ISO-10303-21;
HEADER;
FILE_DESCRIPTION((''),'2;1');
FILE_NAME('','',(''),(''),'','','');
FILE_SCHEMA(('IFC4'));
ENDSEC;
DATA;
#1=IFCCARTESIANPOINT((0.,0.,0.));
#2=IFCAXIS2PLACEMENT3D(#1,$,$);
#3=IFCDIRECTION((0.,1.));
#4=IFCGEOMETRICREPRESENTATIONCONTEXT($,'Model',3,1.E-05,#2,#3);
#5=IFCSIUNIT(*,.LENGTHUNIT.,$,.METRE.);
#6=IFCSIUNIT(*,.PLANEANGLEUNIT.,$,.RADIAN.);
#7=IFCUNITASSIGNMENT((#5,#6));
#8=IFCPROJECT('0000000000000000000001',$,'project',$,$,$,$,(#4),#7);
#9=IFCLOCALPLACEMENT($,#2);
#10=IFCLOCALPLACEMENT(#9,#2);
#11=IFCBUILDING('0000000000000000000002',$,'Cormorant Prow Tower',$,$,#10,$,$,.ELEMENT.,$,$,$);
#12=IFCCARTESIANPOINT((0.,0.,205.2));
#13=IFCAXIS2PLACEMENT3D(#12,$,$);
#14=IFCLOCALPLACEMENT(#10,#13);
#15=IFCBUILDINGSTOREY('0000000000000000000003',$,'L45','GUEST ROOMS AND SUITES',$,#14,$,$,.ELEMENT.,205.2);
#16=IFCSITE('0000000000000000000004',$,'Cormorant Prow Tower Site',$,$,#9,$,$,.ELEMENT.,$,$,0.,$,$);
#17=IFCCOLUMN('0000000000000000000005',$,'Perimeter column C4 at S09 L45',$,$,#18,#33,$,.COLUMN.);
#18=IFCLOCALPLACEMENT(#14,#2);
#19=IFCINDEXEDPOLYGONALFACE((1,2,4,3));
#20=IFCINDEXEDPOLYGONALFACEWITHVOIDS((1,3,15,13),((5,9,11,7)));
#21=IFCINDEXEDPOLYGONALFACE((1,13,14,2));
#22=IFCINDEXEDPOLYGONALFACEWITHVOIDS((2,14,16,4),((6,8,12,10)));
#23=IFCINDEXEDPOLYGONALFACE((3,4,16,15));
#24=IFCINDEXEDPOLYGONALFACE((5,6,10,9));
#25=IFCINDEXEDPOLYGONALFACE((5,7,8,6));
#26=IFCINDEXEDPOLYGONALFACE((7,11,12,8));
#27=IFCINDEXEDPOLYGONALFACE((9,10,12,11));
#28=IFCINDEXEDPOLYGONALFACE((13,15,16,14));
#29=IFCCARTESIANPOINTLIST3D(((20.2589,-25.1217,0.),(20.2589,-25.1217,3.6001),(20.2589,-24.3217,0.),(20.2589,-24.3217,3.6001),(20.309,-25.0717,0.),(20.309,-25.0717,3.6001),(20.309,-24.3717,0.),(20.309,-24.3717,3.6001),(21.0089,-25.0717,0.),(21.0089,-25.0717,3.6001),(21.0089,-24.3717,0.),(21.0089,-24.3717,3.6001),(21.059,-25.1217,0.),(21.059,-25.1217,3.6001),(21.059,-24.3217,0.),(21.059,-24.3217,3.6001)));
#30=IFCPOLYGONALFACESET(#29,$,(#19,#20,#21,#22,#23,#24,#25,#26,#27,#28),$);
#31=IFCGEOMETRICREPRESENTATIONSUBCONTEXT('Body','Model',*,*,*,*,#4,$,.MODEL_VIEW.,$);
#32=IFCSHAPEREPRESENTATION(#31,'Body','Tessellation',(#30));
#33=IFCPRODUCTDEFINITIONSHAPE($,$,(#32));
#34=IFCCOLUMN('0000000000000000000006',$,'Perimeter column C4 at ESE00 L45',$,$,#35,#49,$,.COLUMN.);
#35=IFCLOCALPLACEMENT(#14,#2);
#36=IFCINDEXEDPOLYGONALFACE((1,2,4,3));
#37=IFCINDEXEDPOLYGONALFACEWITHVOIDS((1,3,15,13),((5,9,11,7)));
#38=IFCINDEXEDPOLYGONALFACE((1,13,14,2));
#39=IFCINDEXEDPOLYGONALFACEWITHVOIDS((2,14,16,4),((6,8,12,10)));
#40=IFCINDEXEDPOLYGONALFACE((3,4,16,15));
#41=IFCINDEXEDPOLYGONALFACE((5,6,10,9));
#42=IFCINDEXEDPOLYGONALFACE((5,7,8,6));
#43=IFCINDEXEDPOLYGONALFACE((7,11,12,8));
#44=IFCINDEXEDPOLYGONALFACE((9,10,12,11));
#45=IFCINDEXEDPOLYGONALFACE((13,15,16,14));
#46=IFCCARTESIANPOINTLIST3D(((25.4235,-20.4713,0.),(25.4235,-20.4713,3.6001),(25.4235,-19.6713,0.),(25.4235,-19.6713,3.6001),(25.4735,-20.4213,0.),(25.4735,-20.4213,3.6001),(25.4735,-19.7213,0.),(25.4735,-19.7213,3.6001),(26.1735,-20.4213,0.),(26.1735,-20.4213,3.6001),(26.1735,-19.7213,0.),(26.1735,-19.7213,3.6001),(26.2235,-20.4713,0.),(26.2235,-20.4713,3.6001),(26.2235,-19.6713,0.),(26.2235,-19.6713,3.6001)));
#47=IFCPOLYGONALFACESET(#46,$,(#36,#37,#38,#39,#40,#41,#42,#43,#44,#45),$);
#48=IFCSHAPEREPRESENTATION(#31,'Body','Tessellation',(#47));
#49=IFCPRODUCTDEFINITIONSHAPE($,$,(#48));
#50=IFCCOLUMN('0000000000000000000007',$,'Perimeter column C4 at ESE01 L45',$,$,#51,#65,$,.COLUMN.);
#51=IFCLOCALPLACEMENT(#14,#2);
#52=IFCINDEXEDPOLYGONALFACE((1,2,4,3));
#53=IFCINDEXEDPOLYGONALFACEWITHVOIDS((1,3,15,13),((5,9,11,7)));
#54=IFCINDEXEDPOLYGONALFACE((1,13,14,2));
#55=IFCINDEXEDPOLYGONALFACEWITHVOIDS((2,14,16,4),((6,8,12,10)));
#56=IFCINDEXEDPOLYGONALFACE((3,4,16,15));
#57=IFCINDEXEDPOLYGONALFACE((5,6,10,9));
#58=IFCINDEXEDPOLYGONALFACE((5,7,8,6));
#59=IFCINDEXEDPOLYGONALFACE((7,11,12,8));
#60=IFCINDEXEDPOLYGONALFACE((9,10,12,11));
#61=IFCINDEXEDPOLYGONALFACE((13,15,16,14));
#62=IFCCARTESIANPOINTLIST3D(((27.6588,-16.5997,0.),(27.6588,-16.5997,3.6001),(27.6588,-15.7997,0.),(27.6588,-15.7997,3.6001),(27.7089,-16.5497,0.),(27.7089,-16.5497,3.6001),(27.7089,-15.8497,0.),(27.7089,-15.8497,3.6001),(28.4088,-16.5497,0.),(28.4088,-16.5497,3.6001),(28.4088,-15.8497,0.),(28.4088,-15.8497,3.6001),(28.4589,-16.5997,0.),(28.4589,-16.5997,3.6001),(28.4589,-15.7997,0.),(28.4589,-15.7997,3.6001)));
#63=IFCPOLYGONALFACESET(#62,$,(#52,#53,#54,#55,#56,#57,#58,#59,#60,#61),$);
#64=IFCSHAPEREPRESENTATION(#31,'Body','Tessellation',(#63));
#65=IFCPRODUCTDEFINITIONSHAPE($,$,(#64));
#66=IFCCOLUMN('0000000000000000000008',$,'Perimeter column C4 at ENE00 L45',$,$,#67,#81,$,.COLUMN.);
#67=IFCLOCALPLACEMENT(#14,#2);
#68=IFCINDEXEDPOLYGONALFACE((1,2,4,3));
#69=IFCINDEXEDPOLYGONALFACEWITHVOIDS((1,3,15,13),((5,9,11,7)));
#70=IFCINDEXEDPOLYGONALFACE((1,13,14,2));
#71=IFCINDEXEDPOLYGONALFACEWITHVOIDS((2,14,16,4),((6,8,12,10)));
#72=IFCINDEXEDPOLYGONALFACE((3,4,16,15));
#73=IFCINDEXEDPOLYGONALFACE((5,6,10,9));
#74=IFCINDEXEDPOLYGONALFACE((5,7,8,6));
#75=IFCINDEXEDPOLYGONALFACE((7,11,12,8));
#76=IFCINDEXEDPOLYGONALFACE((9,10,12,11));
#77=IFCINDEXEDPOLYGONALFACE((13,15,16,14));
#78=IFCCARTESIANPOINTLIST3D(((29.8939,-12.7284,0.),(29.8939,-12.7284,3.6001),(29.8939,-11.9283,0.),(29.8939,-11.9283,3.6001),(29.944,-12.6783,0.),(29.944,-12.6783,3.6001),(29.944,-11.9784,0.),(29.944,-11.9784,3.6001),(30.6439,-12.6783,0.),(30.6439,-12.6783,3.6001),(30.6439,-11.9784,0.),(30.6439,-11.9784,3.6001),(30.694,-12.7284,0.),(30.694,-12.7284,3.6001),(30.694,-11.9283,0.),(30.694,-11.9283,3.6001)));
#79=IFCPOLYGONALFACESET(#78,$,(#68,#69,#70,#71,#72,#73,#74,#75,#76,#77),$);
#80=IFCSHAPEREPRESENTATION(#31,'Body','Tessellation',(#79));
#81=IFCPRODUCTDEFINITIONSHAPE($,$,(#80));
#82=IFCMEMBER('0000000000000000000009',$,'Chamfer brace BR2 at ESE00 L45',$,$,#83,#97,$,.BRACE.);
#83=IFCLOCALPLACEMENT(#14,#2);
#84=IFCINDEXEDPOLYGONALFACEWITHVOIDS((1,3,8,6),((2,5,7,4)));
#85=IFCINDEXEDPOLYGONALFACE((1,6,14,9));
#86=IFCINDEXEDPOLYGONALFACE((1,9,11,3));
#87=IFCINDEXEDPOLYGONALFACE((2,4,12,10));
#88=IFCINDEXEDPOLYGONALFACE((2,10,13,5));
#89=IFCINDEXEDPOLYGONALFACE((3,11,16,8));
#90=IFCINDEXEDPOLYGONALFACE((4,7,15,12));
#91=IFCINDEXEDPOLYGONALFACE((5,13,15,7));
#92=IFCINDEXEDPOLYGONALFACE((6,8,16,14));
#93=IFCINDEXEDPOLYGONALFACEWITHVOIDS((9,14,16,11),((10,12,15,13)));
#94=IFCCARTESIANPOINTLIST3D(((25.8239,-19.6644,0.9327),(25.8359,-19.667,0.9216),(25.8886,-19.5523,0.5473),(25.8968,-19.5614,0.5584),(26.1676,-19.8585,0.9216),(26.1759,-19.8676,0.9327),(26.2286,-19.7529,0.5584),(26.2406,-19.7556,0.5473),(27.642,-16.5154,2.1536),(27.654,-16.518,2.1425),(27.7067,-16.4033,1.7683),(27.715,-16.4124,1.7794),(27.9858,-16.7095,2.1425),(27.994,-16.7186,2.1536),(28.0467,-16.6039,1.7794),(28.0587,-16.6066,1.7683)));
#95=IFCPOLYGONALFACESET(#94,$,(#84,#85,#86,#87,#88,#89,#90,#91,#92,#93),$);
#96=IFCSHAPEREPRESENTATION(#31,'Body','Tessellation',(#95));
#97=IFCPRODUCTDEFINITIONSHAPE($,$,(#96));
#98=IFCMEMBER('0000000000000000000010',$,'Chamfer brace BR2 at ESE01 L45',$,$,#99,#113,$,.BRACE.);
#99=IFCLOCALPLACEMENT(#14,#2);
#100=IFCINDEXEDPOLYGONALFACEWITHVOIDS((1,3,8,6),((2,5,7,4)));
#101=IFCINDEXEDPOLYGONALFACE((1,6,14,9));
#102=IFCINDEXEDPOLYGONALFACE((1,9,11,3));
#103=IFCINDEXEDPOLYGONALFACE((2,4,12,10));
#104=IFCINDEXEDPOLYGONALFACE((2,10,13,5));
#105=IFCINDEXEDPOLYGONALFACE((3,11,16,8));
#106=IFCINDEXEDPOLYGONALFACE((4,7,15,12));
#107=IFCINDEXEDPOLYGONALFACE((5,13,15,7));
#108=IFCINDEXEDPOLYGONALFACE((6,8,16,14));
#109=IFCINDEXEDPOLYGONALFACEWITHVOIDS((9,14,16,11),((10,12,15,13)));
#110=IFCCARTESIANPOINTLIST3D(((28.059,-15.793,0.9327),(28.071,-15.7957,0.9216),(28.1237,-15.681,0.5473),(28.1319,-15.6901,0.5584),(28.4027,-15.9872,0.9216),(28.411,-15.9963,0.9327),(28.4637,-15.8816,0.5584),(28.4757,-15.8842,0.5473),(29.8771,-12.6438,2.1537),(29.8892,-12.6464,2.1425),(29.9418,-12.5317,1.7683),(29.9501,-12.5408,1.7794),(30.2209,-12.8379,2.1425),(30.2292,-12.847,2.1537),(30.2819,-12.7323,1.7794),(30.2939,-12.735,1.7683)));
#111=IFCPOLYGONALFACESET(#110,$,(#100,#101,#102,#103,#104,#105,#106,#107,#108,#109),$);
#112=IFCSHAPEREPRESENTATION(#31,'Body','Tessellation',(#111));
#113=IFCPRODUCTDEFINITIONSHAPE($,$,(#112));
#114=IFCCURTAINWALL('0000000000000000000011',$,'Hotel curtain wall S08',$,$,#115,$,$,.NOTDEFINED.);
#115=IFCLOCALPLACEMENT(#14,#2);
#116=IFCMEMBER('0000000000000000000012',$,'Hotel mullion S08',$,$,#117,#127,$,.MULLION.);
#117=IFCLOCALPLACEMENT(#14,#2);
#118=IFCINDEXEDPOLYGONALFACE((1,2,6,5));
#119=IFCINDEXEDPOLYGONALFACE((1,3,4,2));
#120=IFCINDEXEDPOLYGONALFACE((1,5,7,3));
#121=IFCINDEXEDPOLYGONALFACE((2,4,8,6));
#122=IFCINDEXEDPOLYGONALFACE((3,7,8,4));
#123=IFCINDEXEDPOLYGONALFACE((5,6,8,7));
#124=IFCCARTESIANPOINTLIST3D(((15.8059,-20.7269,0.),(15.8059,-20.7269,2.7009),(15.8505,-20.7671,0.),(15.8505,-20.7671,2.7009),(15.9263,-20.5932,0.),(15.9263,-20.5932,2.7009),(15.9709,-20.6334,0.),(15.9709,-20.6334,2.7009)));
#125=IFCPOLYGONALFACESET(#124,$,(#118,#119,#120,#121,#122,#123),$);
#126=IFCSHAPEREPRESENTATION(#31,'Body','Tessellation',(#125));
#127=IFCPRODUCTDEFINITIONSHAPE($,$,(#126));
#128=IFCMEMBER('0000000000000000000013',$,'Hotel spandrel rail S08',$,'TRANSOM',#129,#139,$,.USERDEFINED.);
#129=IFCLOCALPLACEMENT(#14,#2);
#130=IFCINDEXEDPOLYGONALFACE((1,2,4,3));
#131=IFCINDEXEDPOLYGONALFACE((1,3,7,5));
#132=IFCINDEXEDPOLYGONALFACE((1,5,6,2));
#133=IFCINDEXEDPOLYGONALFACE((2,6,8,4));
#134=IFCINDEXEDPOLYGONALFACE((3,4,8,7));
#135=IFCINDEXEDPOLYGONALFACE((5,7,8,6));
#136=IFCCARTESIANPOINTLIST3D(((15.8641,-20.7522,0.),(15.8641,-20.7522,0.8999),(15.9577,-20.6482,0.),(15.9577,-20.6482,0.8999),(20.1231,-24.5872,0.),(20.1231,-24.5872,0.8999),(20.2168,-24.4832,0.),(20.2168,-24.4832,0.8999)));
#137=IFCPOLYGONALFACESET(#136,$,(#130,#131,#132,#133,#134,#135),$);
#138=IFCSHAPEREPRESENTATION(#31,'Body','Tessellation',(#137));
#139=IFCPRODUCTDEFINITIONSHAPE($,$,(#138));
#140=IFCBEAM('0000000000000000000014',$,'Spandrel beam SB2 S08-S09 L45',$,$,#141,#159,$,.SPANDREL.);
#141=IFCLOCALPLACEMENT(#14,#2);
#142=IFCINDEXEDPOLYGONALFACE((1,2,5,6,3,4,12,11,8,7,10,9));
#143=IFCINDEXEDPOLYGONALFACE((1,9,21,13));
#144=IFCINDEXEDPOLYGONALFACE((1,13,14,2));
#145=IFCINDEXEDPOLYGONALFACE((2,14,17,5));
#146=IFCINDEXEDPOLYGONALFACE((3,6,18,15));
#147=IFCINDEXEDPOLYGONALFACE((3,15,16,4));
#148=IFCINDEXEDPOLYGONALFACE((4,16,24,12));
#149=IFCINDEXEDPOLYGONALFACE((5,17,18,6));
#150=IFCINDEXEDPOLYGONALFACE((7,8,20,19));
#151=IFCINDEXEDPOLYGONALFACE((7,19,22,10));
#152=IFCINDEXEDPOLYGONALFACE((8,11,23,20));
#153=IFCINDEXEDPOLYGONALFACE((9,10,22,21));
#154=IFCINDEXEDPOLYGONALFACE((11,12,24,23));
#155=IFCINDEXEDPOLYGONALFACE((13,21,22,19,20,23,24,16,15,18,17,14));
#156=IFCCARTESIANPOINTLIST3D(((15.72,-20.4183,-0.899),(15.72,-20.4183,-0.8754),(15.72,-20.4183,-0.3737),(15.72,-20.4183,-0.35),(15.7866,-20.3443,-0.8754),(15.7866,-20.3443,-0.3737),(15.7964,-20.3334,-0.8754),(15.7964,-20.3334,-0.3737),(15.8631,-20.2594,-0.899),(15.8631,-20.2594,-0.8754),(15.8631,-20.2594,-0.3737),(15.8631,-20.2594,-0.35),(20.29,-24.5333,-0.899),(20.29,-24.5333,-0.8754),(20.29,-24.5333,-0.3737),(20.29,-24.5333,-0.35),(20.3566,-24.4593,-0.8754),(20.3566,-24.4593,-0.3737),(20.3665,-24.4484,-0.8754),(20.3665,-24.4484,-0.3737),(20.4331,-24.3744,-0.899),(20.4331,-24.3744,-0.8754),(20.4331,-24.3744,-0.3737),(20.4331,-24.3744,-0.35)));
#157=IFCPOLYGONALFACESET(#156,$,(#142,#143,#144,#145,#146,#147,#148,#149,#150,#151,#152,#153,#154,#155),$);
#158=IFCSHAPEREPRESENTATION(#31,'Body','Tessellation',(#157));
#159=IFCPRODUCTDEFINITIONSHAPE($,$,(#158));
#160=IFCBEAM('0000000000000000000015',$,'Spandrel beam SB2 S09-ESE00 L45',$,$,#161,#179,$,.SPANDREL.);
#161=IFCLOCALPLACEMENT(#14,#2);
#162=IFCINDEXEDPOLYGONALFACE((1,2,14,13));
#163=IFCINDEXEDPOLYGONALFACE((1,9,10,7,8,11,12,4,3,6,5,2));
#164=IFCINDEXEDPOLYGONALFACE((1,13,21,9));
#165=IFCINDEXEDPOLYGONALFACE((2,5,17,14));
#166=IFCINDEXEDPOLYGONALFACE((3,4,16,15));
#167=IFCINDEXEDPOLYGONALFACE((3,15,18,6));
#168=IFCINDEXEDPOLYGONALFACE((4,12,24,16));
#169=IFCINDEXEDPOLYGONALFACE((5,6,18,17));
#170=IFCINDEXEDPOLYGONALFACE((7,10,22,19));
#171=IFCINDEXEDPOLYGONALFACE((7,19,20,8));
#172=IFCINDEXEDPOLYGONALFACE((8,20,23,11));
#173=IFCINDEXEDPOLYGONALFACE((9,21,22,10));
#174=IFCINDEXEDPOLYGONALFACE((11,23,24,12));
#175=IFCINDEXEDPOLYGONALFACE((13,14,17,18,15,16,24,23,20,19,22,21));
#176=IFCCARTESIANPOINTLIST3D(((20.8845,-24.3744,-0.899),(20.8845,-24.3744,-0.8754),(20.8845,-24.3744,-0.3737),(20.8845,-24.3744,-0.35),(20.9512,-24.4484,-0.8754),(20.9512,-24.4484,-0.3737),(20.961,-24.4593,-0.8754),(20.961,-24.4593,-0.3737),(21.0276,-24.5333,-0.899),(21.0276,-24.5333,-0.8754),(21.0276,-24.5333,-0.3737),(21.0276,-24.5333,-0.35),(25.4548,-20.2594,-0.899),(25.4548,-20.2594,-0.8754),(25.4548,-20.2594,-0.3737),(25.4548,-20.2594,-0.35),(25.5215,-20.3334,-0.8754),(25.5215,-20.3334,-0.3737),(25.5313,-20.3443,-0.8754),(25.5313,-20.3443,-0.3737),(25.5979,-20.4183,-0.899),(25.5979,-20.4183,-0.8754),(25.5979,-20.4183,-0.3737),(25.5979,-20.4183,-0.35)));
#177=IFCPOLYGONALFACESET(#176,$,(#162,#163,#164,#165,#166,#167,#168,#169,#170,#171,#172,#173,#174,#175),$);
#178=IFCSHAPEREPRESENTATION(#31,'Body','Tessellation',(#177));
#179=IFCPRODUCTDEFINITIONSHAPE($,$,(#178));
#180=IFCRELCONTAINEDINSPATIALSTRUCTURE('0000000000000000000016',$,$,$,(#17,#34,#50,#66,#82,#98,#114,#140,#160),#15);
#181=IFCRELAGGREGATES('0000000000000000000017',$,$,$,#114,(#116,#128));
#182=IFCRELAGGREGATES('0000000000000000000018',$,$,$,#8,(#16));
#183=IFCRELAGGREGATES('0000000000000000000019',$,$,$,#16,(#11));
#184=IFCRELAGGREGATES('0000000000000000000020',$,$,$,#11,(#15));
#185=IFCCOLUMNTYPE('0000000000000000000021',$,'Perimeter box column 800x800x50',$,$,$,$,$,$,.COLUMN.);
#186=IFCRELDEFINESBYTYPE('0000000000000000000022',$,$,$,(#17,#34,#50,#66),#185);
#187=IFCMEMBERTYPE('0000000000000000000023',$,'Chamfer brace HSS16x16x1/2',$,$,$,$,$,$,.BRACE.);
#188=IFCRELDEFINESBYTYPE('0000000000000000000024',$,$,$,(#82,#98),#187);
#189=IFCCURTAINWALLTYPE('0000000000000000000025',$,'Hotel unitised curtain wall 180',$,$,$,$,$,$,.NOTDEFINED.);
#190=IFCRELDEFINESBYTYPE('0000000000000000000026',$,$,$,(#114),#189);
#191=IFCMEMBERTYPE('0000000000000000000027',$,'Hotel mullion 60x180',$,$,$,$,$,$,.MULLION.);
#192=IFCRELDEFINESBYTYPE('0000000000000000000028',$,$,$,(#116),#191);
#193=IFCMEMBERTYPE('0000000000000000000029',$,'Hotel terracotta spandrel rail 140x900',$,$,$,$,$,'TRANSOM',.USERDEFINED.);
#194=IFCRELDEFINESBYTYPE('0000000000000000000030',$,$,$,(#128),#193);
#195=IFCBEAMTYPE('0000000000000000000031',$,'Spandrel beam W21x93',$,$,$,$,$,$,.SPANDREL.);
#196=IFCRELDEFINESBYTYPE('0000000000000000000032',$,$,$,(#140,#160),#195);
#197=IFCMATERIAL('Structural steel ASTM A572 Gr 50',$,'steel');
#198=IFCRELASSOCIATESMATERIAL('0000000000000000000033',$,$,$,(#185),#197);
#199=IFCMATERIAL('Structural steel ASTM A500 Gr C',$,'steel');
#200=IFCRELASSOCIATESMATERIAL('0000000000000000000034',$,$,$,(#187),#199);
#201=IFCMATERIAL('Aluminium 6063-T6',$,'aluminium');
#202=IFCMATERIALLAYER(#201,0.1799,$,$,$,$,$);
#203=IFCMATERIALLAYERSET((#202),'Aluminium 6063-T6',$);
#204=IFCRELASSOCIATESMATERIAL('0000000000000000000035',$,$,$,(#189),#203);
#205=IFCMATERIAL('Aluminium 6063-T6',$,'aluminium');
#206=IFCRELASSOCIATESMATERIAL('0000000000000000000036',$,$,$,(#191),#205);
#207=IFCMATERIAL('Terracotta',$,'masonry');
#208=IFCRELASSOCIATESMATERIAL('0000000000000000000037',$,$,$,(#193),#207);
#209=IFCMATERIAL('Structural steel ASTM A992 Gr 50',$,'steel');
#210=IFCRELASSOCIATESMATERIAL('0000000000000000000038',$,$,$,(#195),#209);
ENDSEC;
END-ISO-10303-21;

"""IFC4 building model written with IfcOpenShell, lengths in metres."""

from ifc_helpers import new_model, si_unit, direction, frame, origin, origin_2d, place, context, subcontext, project, spatial, rectangle, hollow_rectangle, i_section, extrude, material, layer, layer_set, material_profile, profile_set, type_object, element, aggregate, save


model = new_model("IFC4")

# Units and contexts
model_context = context("Model", 3, precision=1e-05, world=origin(), true_north=direction((0.0, 1.0)))
body_context = subcontext(model_context, "Body", "Model", "MODEL_VIEW")
ifc_project = project(units=[si_unit("LENGTHUNIT", "METRE"), si_unit("PLANEANGLEUNIT", "RADIAN")], contexts=[model_context])

# Site, building, storey
site_placement = place(None, origin())
site = spatial("IfcSite", under=ifc_project, at=site_placement, Name="Cormorant Prow Tower Site", CompositionType="ELEMENT", RefElevation=0.0)
building_placement = place(site_placement, origin())
building = spatial("IfcBuilding", under=site, at=building_placement, Name="Cormorant Prow Tower", CompositionType="ELEMENT")
storey_placement = place(building_placement, frame((0.0, 0.0, 205.2)))
storey = spatial("IfcBuildingStorey", under=building, at=storey_placement, Name="L45", Description="GUEST ROOMS AND SUITES", CompositionType="ELEMENT", Elevation=205.2)

# Columns
ifc_material_1 = material(Name="Structural steel ASTM A572 Gr 50", Category="steel")
ifc_material_profile_1 = material_profile(ifc_material_1, hollow_rectangle(XDim=0.8, YDim=0.8, WallThickness=0.05, at=origin_2d()), Name="Box 800x800x50")
ifc_profile_set_1 = profile_set([ifc_material_profile_1], Name="Structural steel ASTM A572 Gr 50")
column_type = type_object("IfcColumnType", Name="Perimeter box column 800x800x50", PredefinedType="COLUMN", material=ifc_profile_set_1)
for number, where, z_axis, x_axis, name in (
    (1, (20.6589, -24.7217, 0.0), (0.0, 0.0, 1.0), (1.0, 0.0, 0.0), "Perimeter column C4 at S09 L45"),
    (2, (25.8235, -20.0713, 0.0), (0.0, 0.0, 1.0), (1.0, 0.0, 0.0), "Perimeter column C4 at ESE00 L45"),
    (3, (28.0588, -16.1997, 0.0), (0.0, 0.0, 1.0), (1.0, 0.0, 0.0), "Perimeter column C4 at ESE01 L45"),
    (4, (30.2939, -12.3284, 0.0), (0.0, 0.0, 1.0), (1.0, 0.0, 0.0), "Perimeter column C4 at ENE00 L45"),
):
    element("IfcColumn", number, at=place(storey_placement, frame(where, z_axis=z_axis, x_axis=x_axis)), inside=storey, type_object=column_type, Name=name, PredefinedType="COLUMN", context=body_context, shape_type="SweptSolid", body=[
        extrude(hollow_rectangle(XDim=0.8, YDim=0.8, WallThickness=0.05, at=origin_2d()), origin(), (0.0, 0.0, 1.0), 3.6001),
    ])

# Members
ifc_material_2 = material(Name="Structural steel ASTM A500 Gr C", Category="steel")
ifc_material_profile_2 = material_profile(ifc_material_2, hollow_rectangle(XDim=0.4065, YDim=0.4065, WallThickness=0.0117, at=origin_2d()), Name="HSS16x16x1/2")
ifc_profile_set_2 = profile_set([ifc_material_profile_2], Name="Structural steel ASTM A500 Gr C")
member_type_1 = type_object("IfcMemberType", Name="Chamfer brace HSS16x16x1/2", PredefinedType="BRACE", material=ifc_profile_set_2)
member_1_placement = place(storey_placement, frame((26.0322, -19.71, 0.74), z_axis=(0.474008, 0.820969, 0.318318), x_axis=(-0.866016, 0.500017, 0.0)))
element("IfcMember", 5, at=member_1_placement, inside=storey, type_object=member_type_1, Name="Chamfer brace BR2 at ESE00 L45", PredefinedType="BRACE", context=body_context, shape_type="SweptSolid", body=[
    extrude(hollow_rectangle(XDim=0.4065, YDim=0.4065, WallThickness=0.0117, at=origin_2d()), origin(), (0.0, 0.0, 1.0), 3.8357),
])
member_2_placement = place(storey_placement, frame((28.2673, -15.8386, 0.74), z_axis=(0.473983, 0.82099, 0.318301), x_axis=(-0.866032, 0.499988, 0.0)))
element("IfcMember", 6, at=member_2_placement, inside=storey, type_object=member_type_1, Name="Chamfer brace BR2 at ESE01 L45", PredefinedType="BRACE", context=body_context, shape_type="SweptSolid", body=[
    extrude(hollow_rectangle(XDim=0.4065, YDim=0.4065, WallThickness=0.0117, at=origin_2d()), origin(), (0.0, 0.0, 1.0), 3.8359),
])

# Curtain wall, members
ifc_material_3 = material(Name="Aluminium 6063-T6", Category="aluminium")
ifc_layer_1 = layer(ifc_material_3, 0.1799)
ifc_layer_set_1 = layer_set([ifc_layer_1], Name="Aluminium 6063-T6")
curtain_wall_type = type_object("IfcCurtainWallType", Name="Hotel unitised curtain wall 180", PredefinedType="NOTDEFINED", material=ifc_layer_set_1)
curtain_wall_placement = place(storey_placement, origin())
curtain_wall = element("IfcCurtainWall", 7, at=curtain_wall_placement, inside=storey, type_object=curtain_wall_type, Name="Hotel curtain wall S08", PredefinedType="NOTDEFINED")
ifc_material_4 = material(Name="Aluminium 6063-T6", Category="aluminium")
ifc_material_profile_3 = material_profile(ifc_material_4, rectangle(XDim=0.1799, YDim=0.0601, at=origin_2d()), Name="Hotel mullion 60x180")
ifc_profile_set_3 = profile_set([ifc_material_profile_3], Name="Aluminium 6063-T6")
member_type_2 = type_object("IfcMemberType", Name="Hotel mullion 60x180", PredefinedType="MULLION", material=ifc_profile_set_3)
member_3_placement = place(storey_placement, frame((15.8884, -20.6802, 0.0), z_axis=(0.0, 0.0, 1.0), x_axis=(0.669131, 0.743145, 0.0)))
member_3 = element("IfcMember", 8, at=member_3_placement, type_object=member_type_2, Name="Hotel mullion S08", PredefinedType="MULLION", context=body_context, shape_type="SweptSolid", body=[
    extrude(rectangle(XDim=0.1799, YDim=0.0601, at=origin_2d()), origin(), (0.0, 0.0, 1.0), 2.7009),
])
ifc_material_5 = material(Name="Terracotta", Category="masonry")
ifc_material_profile_4 = material_profile(ifc_material_5, rectangle(XDim=0.1399, YDim=0.8999, at=origin_2d()), Name="Hotel terracotta spandrel rail 140x900")
ifc_profile_set_4 = profile_set([ifc_material_profile_4], Name="Terracotta")
member_type_3 = type_object("IfcMemberType", Name="Hotel terracotta spandrel rail 140x900", ElementType="TRANSOM", PredefinedType="USERDEFINED", material=ifc_profile_set_4)
member_4_placement = place(storey_placement, frame((15.9109, -20.7002, 0.45), z_axis=(0.743135, -0.669141, 0.0), x_axis=(0.669141, 0.743135, 0.0)))
member_4 = element("IfcMember", 9, at=member_4_placement, type_object=member_type_3, Name="Hotel spandrel rail S08", ObjectType="TRANSOM", PredefinedType="USERDEFINED", context=body_context, shape_type="SweptSolid", body=[
    extrude(rectangle(XDim=0.1399, YDim=0.8999, at=origin_2d()), origin(), (0.0, 0.0, 1.0), 5.7312),
])

# Beams
ifc_material_6 = material(Name="Structural steel ASTM A992 Gr 50", Category="steel")
ifc_material_profile_5 = material_profile(ifc_material_6, i_section(OverallWidth=0.2139, OverallDepth=0.5491, WebThickness=0.0146, FlangeThickness=0.0237, at=origin_2d()), Name="W21x93")
ifc_profile_set_5 = profile_set([ifc_material_profile_5], Name="Structural steel ASTM A992 Gr 50")
beam_type = type_object("IfcBeamType", Name="Spandrel beam W21x93", PredefinedType="SPANDREL", material=ifc_profile_set_5)
beam_1_placement = place(storey_placement, frame((15.7915, -20.3389, -0.6245), z_axis=(0.743138, -0.669138, 0.0), x_axis=(0.669138, 0.743138, 0.0)))
element("IfcBeam", 10, at=beam_1_placement, inside=storey, type_object=beam_type, Name="Spandrel beam SB2 S08-S09 L45", PredefinedType="SPANDREL", context=body_context, shape_type="SweptSolid", body=[
    extrude(i_section(OverallWidth=0.2139, OverallDepth=0.5491, WebThickness=0.0146, FlangeThickness=0.0237, at=origin_2d()), origin(), (0.0, 0.0, 1.0), 6.1497),
])
beam_2_placement = place(storey_placement, frame((20.9561, -24.4539, -0.6245), z_axis=(0.743156, 0.669118, 0.0), x_axis=(-0.669118, 0.743156, 0.0)))
element("IfcBeam", 11, at=beam_2_placement, inside=storey, type_object=beam_type, Name="Spandrel beam SB2 S09-ESE00 L45", PredefinedType="SPANDREL", context=body_context, shape_type="SweptSolid", body=[
    extrude(i_section(OverallWidth=0.2139, OverallDepth=0.5491, WebThickness=0.0146, FlangeThickness=0.0237, at=origin_2d()), origin(), (0.0, 0.0, 1.0), 6.1499),
])

aggregate(curtain_wall, [member_3, member_4])

save(model, "model.ifc")
